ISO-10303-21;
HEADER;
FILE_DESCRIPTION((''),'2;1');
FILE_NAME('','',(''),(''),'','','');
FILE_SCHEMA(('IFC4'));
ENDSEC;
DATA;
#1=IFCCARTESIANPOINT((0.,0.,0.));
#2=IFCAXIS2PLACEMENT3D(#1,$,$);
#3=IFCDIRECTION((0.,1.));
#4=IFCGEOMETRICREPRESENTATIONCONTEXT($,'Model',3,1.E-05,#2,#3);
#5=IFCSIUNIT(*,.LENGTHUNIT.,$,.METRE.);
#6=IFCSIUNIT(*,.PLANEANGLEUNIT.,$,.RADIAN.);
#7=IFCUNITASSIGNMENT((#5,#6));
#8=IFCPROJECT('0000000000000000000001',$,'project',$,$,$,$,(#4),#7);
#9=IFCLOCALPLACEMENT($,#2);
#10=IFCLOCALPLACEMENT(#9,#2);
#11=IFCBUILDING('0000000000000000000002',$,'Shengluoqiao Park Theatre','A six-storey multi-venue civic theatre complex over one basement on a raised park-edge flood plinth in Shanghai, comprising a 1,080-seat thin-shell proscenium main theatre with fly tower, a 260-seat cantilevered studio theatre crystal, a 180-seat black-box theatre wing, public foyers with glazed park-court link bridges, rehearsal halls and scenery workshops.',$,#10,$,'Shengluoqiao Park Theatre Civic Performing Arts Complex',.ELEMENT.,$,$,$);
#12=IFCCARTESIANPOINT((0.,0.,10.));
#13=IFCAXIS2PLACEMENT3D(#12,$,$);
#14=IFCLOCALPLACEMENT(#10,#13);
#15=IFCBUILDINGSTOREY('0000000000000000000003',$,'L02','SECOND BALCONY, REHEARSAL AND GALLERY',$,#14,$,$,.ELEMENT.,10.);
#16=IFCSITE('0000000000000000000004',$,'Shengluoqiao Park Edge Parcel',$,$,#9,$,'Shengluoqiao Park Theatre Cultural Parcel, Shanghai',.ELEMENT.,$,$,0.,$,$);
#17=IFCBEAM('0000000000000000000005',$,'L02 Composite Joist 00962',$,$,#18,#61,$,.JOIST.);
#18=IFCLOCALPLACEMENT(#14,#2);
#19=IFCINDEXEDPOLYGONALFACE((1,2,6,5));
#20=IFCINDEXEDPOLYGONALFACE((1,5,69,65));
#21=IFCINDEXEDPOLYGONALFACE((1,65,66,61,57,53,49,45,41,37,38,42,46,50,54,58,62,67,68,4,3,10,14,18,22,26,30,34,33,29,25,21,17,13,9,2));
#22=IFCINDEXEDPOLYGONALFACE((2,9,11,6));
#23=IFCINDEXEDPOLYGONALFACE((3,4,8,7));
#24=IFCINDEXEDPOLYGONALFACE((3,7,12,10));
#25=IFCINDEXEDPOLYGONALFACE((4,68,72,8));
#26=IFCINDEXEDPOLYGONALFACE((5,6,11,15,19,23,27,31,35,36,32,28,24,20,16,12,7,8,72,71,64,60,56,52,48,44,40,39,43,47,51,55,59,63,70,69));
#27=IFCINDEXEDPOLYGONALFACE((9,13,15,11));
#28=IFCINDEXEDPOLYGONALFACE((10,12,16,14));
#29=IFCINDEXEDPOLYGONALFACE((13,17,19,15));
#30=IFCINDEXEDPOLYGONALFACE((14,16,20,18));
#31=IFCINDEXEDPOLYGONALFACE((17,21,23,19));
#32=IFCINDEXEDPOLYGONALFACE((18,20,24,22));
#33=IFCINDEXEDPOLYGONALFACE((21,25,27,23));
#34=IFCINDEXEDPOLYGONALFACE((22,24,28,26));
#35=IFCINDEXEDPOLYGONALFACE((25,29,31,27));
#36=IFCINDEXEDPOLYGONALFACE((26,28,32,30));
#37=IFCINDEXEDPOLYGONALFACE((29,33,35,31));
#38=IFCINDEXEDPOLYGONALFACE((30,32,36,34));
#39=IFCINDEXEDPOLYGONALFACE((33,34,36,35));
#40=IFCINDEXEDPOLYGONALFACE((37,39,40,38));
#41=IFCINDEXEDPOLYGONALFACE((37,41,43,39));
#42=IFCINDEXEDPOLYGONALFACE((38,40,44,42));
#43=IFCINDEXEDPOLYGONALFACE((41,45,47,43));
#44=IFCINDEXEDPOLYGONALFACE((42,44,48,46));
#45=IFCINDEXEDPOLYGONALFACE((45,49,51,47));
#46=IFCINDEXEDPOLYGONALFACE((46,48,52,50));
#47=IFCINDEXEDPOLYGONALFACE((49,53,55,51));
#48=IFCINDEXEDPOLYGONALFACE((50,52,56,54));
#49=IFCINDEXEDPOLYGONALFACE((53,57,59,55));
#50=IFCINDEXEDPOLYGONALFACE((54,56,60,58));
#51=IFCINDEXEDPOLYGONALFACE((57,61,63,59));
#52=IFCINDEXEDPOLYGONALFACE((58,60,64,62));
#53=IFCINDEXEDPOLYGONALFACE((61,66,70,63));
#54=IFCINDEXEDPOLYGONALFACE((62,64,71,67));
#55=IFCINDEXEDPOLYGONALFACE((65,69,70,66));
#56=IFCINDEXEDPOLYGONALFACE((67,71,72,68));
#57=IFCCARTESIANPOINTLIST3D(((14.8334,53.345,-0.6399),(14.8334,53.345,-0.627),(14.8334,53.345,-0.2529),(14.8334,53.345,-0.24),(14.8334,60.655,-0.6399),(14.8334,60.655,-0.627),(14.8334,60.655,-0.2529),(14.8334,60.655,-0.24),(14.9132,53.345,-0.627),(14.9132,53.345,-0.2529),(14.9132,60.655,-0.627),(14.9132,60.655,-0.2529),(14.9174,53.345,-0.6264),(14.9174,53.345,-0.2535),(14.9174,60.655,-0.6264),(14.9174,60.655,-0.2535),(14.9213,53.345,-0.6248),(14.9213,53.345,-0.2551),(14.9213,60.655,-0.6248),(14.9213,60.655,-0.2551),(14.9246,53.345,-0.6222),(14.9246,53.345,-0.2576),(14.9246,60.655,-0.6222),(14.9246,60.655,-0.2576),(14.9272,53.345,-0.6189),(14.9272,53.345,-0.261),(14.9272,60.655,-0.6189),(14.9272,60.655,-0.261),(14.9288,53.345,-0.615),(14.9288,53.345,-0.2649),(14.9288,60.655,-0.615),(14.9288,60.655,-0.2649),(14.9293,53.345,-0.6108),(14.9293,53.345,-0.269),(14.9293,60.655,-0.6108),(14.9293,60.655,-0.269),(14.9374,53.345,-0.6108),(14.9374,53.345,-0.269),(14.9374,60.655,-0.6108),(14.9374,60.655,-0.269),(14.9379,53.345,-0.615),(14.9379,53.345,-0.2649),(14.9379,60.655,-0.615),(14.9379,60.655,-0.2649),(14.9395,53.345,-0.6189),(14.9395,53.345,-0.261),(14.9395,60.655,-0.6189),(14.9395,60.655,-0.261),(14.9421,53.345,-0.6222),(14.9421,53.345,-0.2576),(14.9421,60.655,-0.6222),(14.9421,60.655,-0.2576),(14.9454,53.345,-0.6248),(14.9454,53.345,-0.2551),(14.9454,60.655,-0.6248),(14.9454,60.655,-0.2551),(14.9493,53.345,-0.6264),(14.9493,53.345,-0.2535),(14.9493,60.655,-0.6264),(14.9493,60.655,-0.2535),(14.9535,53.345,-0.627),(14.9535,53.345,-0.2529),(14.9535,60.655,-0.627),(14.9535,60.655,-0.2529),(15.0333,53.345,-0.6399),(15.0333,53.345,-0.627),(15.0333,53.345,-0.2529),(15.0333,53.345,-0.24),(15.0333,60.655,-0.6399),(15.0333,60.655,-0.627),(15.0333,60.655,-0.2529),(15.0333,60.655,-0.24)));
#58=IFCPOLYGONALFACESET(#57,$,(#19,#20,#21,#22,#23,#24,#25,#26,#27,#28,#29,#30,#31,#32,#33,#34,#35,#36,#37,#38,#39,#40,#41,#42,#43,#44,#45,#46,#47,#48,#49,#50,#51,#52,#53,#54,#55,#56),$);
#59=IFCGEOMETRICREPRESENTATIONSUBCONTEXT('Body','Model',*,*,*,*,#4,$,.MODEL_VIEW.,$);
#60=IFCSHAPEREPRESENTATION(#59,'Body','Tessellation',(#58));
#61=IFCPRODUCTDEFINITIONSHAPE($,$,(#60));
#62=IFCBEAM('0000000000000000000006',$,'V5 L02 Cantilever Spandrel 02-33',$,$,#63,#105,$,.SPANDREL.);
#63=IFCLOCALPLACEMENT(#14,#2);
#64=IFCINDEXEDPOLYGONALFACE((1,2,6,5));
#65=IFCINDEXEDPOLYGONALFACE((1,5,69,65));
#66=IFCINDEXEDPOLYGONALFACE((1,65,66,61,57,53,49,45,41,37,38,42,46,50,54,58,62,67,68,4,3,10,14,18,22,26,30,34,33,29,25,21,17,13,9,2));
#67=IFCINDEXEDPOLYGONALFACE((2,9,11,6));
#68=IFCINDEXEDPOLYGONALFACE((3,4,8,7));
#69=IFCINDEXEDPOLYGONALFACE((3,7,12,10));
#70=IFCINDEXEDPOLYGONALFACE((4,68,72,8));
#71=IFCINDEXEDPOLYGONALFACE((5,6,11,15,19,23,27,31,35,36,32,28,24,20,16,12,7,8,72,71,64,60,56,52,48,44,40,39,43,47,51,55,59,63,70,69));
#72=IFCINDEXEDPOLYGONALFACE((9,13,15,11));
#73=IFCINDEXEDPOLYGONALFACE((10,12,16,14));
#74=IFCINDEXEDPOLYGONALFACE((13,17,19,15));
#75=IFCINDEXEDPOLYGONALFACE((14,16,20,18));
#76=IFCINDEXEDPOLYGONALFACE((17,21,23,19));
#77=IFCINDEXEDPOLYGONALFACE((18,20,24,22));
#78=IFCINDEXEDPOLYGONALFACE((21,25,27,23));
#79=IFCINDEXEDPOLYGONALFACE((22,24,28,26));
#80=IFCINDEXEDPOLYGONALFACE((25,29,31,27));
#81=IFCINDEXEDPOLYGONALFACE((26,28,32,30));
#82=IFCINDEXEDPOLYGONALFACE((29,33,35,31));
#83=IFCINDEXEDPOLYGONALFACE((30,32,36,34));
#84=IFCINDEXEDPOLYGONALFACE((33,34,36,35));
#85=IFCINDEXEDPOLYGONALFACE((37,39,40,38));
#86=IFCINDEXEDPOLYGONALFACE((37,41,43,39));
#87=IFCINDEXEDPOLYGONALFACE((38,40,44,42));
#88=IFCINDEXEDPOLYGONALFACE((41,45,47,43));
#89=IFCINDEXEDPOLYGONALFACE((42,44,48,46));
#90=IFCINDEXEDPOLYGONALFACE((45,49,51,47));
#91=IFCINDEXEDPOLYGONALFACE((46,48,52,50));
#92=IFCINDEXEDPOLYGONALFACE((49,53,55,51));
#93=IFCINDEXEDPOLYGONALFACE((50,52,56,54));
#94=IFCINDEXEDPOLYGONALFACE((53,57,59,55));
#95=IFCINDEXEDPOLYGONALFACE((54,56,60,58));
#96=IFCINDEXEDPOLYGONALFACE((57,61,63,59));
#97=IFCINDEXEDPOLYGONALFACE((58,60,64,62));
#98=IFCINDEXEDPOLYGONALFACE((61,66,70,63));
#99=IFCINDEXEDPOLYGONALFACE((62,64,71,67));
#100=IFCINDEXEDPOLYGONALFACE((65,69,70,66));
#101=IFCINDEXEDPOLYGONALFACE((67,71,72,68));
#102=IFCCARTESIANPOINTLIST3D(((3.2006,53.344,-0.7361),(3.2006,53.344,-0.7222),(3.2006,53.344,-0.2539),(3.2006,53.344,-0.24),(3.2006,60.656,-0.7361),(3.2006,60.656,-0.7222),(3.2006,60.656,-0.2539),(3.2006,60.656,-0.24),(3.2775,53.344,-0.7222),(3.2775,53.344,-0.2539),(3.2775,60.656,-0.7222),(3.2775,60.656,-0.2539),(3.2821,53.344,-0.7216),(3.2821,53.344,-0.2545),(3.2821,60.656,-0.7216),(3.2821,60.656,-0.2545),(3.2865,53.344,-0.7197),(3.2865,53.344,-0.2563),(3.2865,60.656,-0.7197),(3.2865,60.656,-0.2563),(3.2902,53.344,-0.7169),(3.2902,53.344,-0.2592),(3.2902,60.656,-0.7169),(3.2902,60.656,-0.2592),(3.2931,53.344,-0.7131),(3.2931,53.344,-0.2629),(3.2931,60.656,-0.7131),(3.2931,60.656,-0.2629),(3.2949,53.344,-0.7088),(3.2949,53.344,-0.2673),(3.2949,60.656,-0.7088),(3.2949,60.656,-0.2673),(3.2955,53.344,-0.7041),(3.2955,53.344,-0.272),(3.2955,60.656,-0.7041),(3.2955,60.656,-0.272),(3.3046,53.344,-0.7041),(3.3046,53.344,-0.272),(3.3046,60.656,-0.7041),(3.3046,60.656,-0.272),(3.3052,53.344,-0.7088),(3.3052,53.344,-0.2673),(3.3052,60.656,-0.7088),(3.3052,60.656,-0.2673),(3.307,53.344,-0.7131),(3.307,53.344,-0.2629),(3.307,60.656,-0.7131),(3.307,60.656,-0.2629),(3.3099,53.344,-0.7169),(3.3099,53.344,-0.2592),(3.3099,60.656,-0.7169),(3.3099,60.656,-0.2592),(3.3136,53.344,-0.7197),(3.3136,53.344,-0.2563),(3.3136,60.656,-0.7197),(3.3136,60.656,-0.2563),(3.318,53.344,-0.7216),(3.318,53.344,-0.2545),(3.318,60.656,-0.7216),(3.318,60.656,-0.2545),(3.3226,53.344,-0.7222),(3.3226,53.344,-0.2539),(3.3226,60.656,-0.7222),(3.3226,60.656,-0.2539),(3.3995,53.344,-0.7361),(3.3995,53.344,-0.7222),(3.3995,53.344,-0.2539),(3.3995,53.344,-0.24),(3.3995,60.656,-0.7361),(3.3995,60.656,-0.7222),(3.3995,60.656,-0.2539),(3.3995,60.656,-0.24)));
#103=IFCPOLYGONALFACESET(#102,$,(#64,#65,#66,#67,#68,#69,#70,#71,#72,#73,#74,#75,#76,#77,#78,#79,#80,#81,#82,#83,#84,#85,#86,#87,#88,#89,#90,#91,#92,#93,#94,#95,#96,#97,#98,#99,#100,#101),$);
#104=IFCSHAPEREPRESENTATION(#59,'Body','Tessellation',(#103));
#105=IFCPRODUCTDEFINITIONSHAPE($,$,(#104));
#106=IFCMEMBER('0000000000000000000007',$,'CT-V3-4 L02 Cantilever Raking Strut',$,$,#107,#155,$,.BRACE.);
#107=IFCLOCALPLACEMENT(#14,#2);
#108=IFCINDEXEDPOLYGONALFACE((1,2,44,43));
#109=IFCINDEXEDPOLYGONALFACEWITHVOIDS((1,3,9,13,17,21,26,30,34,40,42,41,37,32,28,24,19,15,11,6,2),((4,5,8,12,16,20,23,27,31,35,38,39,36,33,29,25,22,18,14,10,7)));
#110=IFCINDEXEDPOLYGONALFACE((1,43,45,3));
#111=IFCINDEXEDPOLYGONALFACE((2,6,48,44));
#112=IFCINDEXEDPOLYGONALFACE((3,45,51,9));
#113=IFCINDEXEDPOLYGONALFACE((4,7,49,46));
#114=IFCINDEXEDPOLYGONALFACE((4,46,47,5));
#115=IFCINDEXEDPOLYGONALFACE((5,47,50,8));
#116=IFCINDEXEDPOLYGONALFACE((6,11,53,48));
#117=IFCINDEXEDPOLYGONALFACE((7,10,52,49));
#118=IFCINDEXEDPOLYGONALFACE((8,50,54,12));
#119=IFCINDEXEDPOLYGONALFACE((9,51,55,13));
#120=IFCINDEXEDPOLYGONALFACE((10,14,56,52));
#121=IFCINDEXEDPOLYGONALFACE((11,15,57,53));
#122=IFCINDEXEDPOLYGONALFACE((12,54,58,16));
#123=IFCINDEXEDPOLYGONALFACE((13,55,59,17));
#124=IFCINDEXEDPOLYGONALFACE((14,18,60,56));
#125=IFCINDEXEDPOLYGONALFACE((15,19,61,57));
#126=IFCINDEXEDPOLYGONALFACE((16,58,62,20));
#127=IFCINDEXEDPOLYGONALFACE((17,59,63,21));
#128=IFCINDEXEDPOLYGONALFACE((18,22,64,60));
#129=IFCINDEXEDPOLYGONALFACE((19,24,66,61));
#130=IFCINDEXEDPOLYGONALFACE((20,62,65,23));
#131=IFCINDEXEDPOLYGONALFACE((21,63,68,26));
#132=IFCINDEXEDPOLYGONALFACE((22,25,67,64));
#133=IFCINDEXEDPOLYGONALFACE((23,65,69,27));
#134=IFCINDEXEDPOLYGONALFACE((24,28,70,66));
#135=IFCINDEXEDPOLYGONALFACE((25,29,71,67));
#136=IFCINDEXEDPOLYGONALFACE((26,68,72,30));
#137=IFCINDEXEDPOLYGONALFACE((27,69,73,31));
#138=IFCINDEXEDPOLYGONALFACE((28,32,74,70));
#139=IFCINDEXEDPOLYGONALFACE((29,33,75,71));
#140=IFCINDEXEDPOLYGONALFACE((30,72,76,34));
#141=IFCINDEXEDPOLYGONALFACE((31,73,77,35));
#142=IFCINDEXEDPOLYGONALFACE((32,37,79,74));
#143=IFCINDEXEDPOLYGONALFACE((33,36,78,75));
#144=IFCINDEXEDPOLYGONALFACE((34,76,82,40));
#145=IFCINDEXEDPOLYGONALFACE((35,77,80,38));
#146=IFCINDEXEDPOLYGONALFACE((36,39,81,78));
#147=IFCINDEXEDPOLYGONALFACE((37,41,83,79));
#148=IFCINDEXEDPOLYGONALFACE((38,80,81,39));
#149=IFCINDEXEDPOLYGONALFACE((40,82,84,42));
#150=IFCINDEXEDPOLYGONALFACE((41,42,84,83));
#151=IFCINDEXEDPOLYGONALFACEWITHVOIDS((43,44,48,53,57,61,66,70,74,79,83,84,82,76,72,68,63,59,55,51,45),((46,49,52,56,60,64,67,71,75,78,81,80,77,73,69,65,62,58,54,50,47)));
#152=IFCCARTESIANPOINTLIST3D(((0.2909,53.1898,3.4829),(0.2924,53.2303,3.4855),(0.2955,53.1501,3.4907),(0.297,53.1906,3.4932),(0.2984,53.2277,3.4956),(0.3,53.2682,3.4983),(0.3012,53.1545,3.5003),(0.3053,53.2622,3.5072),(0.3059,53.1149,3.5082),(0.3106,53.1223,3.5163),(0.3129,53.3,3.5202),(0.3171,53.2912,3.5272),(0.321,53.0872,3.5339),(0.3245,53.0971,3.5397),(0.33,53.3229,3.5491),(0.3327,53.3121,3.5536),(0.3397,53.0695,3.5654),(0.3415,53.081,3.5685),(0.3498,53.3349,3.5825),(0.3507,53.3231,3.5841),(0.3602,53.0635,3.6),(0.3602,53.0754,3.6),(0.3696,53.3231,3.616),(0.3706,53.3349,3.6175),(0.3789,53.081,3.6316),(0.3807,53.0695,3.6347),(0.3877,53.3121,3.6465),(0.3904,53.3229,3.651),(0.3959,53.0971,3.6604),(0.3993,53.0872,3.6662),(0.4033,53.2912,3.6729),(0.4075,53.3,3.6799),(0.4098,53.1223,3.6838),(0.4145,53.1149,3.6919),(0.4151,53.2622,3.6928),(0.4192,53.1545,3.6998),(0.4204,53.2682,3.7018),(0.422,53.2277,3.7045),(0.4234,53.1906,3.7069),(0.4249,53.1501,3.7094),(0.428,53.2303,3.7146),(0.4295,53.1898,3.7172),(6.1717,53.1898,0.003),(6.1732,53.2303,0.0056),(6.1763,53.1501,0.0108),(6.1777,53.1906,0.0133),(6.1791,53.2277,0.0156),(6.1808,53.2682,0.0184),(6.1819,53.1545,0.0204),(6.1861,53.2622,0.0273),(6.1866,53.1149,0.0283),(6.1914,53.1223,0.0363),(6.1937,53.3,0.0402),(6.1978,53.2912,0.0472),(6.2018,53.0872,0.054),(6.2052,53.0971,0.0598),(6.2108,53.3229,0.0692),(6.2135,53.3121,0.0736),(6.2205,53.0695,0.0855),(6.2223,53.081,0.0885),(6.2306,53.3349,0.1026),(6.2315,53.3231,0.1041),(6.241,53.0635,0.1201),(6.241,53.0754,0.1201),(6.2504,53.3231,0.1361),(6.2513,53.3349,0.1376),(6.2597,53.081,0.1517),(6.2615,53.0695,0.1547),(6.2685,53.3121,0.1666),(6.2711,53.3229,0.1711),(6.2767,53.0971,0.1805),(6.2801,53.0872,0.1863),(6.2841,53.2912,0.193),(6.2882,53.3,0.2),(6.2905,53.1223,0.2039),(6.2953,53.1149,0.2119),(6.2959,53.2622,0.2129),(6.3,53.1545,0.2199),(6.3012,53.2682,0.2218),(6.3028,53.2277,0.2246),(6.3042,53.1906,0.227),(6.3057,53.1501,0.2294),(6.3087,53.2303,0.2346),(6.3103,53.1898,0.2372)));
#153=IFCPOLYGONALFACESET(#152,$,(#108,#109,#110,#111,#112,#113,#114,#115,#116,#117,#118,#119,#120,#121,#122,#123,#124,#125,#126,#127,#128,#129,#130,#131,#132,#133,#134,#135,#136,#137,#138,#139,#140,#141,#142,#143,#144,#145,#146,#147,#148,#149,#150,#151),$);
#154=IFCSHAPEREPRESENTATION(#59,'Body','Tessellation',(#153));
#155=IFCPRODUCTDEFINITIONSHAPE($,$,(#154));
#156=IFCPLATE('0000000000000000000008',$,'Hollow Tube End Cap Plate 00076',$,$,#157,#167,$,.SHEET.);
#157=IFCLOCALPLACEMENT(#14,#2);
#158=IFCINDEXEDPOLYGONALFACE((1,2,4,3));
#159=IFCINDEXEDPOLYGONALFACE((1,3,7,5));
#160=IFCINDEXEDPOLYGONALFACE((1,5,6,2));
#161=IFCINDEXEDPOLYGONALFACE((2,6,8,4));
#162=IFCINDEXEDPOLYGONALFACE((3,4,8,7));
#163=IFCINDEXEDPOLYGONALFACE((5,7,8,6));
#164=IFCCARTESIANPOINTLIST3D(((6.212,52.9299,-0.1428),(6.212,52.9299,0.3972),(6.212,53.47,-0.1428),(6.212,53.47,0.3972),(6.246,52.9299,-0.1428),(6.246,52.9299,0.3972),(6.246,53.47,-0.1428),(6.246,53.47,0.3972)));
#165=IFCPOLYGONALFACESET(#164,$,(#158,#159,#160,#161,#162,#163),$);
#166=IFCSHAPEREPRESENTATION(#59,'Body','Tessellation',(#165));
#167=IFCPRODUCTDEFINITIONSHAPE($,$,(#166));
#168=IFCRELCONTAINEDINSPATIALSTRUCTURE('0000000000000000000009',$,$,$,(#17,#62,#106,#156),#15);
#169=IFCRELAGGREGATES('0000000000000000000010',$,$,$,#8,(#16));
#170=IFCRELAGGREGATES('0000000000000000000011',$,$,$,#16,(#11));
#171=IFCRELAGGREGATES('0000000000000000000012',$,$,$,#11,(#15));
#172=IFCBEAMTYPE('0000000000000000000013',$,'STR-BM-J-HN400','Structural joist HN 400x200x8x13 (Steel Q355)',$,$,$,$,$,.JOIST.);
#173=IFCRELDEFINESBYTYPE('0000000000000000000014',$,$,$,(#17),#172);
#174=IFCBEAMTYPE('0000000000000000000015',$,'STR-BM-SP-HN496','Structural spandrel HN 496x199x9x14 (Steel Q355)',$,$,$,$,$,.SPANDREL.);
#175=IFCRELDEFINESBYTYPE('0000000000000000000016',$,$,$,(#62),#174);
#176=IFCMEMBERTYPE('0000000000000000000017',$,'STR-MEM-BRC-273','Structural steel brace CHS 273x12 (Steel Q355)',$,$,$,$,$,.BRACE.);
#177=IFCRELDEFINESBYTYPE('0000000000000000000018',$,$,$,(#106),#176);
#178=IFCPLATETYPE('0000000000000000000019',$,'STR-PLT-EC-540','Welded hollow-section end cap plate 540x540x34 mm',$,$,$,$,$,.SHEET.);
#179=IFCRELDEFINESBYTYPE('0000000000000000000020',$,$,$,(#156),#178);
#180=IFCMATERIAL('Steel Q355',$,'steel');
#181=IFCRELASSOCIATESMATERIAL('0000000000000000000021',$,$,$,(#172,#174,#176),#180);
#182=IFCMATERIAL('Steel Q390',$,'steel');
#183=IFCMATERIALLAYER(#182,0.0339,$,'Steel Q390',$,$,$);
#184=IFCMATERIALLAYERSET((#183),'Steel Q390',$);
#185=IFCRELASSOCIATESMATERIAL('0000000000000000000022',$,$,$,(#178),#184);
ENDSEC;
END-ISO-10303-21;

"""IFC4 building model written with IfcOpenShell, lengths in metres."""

from ifc_helpers import new_model, si_unit, direction, frame, origin, origin_2d, place, context, subcontext, project, spatial, rectangle, hollow_circle, i_section, extrude, material, layer, layer_set, material_profile, profile_set, type_object, element, save


model = new_model("IFC4")

# Units and contexts
model_context = context("Model", 3, precision=1e-05, world=origin(), true_north=direction((0.0, 1.0)))
body_context = subcontext(model_context, "Body", "Model", "MODEL_VIEW")
ifc_project = project(units=[si_unit("LENGTHUNIT", "METRE"), si_unit("PLANEANGLEUNIT", "RADIAN")], contexts=[model_context])

# Site, building, storey
site_placement = place(None, origin())
site = spatial("IfcSite", under=ifc_project, at=site_placement, Name="Shengluoqiao Park Edge Parcel", LongName="Shengluoqiao Park Theatre Cultural Parcel, Shanghai", CompositionType="ELEMENT", RefElevation=0.0)
building_placement = place(site_placement, origin())
building = spatial("IfcBuilding", under=site, at=building_placement, Name="Shengluoqiao Park Theatre", Description="A six-storey multi-venue civic theatre complex over one basement on a raised park-edge flood plinth in Shanghai, comprising a 1,080-seat thin-shell proscenium main theatre with fly tower, a 260-seat cantilevered studio theatre crystal, a 180-seat black-box theatre wing, public foyers with glazed park-court link bridges, rehearsal halls and scenery workshops.", LongName="Shengluoqiao Park Theatre Civic Performing Arts Complex", CompositionType="ELEMENT")
storey_placement = place(building_placement, frame((0.0, 0.0, 10.0)))
storey = spatial("IfcBuildingStorey", under=building, at=storey_placement, Name="L02", Description="SECOND BALCONY, REHEARSAL AND GALLERY", CompositionType="ELEMENT", Elevation=10.0)

# Shared definitions
ifc_material_1 = material(Name="Steel Q355", Category="steel")

# Beams
ifc_material_2 = material(Name="Steel Q390", Category="steel")
ifc_material_profile_1 = material_profile(ifc_material_1, i_section(OverallWidth=0.2, OverallDepth=0.3999, WebThickness=0.0081, FlangeThickness=0.0129, FilletRadius=0.0161, at=origin_2d()), Name="HN 400x200x8x13")
ifc_profile_set_1 = profile_set([ifc_material_profile_1], Name="Steel Q355")
beam_type_1 = type_object("IfcBeamType", Name="STR-BM-J-HN400", Description="Structural joist HN 400x200x8x13 (Steel Q355)", PredefinedType="JOIST", material=ifc_profile_set_1)
for number, where, z_axis, x_axis, name in (
    (1, (14.9333, 53.345, -0.4399), (0.0, 1.0, 0.0), (-1.0, 0.0, 0.0), "L02 Composite Joist 00962"),
):
    element("IfcBeam", number, at=place(storey_placement, frame(where, z_axis=z_axis, x_axis=x_axis)), inside=storey, type_object=beam_type_1, Name=name, PredefinedType="JOIST", context=body_context, shape_type="SweptSolid", body=[
        extrude(i_section(OverallWidth=0.2, OverallDepth=0.3999, WebThickness=0.0081, FlangeThickness=0.0129, FilletRadius=0.0161, at=origin_2d()), origin(), (0.0, 0.0, 1.0), 7.3101),
    ])
ifc_material_profile_2 = material_profile(ifc_material_1, i_section(OverallWidth=0.199, OverallDepth=0.4961, WebThickness=0.009, FlangeThickness=0.0139, FilletRadius=0.0181, at=origin_2d()), Name="HN 496x199x9x14")
ifc_profile_set_2 = profile_set([ifc_material_profile_2], Name="Steel Q355")
beam_type_2 = type_object("IfcBeamType", Name="STR-BM-SP-HN496", Description="Structural spandrel HN 496x199x9x14 (Steel Q355)", PredefinedType="SPANDREL", material=ifc_profile_set_2)
beam_1_placement = place(storey_placement, frame((3.3, 53.344, -0.488), z_axis=(0.0, 1.0, 0.0), x_axis=(-1.0, 0.0, 0.0)))
element("IfcBeam", 2, at=beam_1_placement, inside=storey, type_object=beam_type_2, Name="V5 L02 Cantilever Spandrel 02-33", PredefinedType="SPANDREL", context=body_context, shape_type="SweptSolid", body=[
    extrude(i_section(OverallWidth=0.199, OverallDepth=0.4961, WebThickness=0.009, FlangeThickness=0.0139, FilletRadius=0.0181, at=origin_2d()), origin(), (0.0, 0.0, 1.0), 7.312),
])

# Member
ifc_material_profile_3 = material_profile(ifc_material_1, hollow_circle(Radius=0.1365, WallThickness=0.012, at=origin_2d()), Name="CHS 273x12")
ifc_profile_set_3 = profile_set([ifc_material_profile_3], Name="Steel Q355")
member_type_1 = type_object("IfcMemberType", Name="STR-MEM-BRC-273", Description="Structural steel brace CHS 273x12 (Steel Q355)", PredefinedType="BRACE", material=ifc_profile_set_3)
member_1_placement = place(storey_placement, frame((6.241, 53.2, 0.1201), z_axis=(-0.860611, 0.0, 0.509264), x_axis=(0.0, -1.0, 0.0)))
element("IfcMember", 3, at=member_1_placement, inside=storey, type_object=member_type_1, Name="CT-V3-4 L02 Cantilever Raking Strut", PredefinedType="BRACE", context=body_context, shape_type="SweptSolid", body=[
    extrude(hollow_circle(Radius=0.1365, WallThickness=0.012, at=origin_2d()), origin(), (0.0, 0.0, 1.0), 6.8333),
])

# Plate
ifc_layer_1 = layer(ifc_material_2, 0.0339, Name="Steel Q390")
ifc_layer_set_1 = layer_set([ifc_layer_1], Name="Steel Q390")
plate_type = type_object("IfcPlateType", Name="STR-PLT-EC-540", Description="Welded hollow-section end cap plate 540x540x34 mm", PredefinedType="SHEET", material=ifc_layer_set_1)
plate_placement = place(storey_placement, frame((6.229, 53.2, -0.1428), z_axis=(0.0, 0.0, 1.0), x_axis=(-1.0, 0.0, 0.0)))
element("IfcPlate", 4, at=plate_placement, inside=storey, type_object=plate_type, Name="Hollow Tube End Cap Plate 00076", PredefinedType="SHEET", context=body_context, shape_type="SweptSolid", body=[
    extrude(rectangle(XDim=0.0339, YDim=0.54, at=origin_2d()), origin(), (0.0, 0.0, 1.0), 0.54),
])

save(model, "model.ifc")
